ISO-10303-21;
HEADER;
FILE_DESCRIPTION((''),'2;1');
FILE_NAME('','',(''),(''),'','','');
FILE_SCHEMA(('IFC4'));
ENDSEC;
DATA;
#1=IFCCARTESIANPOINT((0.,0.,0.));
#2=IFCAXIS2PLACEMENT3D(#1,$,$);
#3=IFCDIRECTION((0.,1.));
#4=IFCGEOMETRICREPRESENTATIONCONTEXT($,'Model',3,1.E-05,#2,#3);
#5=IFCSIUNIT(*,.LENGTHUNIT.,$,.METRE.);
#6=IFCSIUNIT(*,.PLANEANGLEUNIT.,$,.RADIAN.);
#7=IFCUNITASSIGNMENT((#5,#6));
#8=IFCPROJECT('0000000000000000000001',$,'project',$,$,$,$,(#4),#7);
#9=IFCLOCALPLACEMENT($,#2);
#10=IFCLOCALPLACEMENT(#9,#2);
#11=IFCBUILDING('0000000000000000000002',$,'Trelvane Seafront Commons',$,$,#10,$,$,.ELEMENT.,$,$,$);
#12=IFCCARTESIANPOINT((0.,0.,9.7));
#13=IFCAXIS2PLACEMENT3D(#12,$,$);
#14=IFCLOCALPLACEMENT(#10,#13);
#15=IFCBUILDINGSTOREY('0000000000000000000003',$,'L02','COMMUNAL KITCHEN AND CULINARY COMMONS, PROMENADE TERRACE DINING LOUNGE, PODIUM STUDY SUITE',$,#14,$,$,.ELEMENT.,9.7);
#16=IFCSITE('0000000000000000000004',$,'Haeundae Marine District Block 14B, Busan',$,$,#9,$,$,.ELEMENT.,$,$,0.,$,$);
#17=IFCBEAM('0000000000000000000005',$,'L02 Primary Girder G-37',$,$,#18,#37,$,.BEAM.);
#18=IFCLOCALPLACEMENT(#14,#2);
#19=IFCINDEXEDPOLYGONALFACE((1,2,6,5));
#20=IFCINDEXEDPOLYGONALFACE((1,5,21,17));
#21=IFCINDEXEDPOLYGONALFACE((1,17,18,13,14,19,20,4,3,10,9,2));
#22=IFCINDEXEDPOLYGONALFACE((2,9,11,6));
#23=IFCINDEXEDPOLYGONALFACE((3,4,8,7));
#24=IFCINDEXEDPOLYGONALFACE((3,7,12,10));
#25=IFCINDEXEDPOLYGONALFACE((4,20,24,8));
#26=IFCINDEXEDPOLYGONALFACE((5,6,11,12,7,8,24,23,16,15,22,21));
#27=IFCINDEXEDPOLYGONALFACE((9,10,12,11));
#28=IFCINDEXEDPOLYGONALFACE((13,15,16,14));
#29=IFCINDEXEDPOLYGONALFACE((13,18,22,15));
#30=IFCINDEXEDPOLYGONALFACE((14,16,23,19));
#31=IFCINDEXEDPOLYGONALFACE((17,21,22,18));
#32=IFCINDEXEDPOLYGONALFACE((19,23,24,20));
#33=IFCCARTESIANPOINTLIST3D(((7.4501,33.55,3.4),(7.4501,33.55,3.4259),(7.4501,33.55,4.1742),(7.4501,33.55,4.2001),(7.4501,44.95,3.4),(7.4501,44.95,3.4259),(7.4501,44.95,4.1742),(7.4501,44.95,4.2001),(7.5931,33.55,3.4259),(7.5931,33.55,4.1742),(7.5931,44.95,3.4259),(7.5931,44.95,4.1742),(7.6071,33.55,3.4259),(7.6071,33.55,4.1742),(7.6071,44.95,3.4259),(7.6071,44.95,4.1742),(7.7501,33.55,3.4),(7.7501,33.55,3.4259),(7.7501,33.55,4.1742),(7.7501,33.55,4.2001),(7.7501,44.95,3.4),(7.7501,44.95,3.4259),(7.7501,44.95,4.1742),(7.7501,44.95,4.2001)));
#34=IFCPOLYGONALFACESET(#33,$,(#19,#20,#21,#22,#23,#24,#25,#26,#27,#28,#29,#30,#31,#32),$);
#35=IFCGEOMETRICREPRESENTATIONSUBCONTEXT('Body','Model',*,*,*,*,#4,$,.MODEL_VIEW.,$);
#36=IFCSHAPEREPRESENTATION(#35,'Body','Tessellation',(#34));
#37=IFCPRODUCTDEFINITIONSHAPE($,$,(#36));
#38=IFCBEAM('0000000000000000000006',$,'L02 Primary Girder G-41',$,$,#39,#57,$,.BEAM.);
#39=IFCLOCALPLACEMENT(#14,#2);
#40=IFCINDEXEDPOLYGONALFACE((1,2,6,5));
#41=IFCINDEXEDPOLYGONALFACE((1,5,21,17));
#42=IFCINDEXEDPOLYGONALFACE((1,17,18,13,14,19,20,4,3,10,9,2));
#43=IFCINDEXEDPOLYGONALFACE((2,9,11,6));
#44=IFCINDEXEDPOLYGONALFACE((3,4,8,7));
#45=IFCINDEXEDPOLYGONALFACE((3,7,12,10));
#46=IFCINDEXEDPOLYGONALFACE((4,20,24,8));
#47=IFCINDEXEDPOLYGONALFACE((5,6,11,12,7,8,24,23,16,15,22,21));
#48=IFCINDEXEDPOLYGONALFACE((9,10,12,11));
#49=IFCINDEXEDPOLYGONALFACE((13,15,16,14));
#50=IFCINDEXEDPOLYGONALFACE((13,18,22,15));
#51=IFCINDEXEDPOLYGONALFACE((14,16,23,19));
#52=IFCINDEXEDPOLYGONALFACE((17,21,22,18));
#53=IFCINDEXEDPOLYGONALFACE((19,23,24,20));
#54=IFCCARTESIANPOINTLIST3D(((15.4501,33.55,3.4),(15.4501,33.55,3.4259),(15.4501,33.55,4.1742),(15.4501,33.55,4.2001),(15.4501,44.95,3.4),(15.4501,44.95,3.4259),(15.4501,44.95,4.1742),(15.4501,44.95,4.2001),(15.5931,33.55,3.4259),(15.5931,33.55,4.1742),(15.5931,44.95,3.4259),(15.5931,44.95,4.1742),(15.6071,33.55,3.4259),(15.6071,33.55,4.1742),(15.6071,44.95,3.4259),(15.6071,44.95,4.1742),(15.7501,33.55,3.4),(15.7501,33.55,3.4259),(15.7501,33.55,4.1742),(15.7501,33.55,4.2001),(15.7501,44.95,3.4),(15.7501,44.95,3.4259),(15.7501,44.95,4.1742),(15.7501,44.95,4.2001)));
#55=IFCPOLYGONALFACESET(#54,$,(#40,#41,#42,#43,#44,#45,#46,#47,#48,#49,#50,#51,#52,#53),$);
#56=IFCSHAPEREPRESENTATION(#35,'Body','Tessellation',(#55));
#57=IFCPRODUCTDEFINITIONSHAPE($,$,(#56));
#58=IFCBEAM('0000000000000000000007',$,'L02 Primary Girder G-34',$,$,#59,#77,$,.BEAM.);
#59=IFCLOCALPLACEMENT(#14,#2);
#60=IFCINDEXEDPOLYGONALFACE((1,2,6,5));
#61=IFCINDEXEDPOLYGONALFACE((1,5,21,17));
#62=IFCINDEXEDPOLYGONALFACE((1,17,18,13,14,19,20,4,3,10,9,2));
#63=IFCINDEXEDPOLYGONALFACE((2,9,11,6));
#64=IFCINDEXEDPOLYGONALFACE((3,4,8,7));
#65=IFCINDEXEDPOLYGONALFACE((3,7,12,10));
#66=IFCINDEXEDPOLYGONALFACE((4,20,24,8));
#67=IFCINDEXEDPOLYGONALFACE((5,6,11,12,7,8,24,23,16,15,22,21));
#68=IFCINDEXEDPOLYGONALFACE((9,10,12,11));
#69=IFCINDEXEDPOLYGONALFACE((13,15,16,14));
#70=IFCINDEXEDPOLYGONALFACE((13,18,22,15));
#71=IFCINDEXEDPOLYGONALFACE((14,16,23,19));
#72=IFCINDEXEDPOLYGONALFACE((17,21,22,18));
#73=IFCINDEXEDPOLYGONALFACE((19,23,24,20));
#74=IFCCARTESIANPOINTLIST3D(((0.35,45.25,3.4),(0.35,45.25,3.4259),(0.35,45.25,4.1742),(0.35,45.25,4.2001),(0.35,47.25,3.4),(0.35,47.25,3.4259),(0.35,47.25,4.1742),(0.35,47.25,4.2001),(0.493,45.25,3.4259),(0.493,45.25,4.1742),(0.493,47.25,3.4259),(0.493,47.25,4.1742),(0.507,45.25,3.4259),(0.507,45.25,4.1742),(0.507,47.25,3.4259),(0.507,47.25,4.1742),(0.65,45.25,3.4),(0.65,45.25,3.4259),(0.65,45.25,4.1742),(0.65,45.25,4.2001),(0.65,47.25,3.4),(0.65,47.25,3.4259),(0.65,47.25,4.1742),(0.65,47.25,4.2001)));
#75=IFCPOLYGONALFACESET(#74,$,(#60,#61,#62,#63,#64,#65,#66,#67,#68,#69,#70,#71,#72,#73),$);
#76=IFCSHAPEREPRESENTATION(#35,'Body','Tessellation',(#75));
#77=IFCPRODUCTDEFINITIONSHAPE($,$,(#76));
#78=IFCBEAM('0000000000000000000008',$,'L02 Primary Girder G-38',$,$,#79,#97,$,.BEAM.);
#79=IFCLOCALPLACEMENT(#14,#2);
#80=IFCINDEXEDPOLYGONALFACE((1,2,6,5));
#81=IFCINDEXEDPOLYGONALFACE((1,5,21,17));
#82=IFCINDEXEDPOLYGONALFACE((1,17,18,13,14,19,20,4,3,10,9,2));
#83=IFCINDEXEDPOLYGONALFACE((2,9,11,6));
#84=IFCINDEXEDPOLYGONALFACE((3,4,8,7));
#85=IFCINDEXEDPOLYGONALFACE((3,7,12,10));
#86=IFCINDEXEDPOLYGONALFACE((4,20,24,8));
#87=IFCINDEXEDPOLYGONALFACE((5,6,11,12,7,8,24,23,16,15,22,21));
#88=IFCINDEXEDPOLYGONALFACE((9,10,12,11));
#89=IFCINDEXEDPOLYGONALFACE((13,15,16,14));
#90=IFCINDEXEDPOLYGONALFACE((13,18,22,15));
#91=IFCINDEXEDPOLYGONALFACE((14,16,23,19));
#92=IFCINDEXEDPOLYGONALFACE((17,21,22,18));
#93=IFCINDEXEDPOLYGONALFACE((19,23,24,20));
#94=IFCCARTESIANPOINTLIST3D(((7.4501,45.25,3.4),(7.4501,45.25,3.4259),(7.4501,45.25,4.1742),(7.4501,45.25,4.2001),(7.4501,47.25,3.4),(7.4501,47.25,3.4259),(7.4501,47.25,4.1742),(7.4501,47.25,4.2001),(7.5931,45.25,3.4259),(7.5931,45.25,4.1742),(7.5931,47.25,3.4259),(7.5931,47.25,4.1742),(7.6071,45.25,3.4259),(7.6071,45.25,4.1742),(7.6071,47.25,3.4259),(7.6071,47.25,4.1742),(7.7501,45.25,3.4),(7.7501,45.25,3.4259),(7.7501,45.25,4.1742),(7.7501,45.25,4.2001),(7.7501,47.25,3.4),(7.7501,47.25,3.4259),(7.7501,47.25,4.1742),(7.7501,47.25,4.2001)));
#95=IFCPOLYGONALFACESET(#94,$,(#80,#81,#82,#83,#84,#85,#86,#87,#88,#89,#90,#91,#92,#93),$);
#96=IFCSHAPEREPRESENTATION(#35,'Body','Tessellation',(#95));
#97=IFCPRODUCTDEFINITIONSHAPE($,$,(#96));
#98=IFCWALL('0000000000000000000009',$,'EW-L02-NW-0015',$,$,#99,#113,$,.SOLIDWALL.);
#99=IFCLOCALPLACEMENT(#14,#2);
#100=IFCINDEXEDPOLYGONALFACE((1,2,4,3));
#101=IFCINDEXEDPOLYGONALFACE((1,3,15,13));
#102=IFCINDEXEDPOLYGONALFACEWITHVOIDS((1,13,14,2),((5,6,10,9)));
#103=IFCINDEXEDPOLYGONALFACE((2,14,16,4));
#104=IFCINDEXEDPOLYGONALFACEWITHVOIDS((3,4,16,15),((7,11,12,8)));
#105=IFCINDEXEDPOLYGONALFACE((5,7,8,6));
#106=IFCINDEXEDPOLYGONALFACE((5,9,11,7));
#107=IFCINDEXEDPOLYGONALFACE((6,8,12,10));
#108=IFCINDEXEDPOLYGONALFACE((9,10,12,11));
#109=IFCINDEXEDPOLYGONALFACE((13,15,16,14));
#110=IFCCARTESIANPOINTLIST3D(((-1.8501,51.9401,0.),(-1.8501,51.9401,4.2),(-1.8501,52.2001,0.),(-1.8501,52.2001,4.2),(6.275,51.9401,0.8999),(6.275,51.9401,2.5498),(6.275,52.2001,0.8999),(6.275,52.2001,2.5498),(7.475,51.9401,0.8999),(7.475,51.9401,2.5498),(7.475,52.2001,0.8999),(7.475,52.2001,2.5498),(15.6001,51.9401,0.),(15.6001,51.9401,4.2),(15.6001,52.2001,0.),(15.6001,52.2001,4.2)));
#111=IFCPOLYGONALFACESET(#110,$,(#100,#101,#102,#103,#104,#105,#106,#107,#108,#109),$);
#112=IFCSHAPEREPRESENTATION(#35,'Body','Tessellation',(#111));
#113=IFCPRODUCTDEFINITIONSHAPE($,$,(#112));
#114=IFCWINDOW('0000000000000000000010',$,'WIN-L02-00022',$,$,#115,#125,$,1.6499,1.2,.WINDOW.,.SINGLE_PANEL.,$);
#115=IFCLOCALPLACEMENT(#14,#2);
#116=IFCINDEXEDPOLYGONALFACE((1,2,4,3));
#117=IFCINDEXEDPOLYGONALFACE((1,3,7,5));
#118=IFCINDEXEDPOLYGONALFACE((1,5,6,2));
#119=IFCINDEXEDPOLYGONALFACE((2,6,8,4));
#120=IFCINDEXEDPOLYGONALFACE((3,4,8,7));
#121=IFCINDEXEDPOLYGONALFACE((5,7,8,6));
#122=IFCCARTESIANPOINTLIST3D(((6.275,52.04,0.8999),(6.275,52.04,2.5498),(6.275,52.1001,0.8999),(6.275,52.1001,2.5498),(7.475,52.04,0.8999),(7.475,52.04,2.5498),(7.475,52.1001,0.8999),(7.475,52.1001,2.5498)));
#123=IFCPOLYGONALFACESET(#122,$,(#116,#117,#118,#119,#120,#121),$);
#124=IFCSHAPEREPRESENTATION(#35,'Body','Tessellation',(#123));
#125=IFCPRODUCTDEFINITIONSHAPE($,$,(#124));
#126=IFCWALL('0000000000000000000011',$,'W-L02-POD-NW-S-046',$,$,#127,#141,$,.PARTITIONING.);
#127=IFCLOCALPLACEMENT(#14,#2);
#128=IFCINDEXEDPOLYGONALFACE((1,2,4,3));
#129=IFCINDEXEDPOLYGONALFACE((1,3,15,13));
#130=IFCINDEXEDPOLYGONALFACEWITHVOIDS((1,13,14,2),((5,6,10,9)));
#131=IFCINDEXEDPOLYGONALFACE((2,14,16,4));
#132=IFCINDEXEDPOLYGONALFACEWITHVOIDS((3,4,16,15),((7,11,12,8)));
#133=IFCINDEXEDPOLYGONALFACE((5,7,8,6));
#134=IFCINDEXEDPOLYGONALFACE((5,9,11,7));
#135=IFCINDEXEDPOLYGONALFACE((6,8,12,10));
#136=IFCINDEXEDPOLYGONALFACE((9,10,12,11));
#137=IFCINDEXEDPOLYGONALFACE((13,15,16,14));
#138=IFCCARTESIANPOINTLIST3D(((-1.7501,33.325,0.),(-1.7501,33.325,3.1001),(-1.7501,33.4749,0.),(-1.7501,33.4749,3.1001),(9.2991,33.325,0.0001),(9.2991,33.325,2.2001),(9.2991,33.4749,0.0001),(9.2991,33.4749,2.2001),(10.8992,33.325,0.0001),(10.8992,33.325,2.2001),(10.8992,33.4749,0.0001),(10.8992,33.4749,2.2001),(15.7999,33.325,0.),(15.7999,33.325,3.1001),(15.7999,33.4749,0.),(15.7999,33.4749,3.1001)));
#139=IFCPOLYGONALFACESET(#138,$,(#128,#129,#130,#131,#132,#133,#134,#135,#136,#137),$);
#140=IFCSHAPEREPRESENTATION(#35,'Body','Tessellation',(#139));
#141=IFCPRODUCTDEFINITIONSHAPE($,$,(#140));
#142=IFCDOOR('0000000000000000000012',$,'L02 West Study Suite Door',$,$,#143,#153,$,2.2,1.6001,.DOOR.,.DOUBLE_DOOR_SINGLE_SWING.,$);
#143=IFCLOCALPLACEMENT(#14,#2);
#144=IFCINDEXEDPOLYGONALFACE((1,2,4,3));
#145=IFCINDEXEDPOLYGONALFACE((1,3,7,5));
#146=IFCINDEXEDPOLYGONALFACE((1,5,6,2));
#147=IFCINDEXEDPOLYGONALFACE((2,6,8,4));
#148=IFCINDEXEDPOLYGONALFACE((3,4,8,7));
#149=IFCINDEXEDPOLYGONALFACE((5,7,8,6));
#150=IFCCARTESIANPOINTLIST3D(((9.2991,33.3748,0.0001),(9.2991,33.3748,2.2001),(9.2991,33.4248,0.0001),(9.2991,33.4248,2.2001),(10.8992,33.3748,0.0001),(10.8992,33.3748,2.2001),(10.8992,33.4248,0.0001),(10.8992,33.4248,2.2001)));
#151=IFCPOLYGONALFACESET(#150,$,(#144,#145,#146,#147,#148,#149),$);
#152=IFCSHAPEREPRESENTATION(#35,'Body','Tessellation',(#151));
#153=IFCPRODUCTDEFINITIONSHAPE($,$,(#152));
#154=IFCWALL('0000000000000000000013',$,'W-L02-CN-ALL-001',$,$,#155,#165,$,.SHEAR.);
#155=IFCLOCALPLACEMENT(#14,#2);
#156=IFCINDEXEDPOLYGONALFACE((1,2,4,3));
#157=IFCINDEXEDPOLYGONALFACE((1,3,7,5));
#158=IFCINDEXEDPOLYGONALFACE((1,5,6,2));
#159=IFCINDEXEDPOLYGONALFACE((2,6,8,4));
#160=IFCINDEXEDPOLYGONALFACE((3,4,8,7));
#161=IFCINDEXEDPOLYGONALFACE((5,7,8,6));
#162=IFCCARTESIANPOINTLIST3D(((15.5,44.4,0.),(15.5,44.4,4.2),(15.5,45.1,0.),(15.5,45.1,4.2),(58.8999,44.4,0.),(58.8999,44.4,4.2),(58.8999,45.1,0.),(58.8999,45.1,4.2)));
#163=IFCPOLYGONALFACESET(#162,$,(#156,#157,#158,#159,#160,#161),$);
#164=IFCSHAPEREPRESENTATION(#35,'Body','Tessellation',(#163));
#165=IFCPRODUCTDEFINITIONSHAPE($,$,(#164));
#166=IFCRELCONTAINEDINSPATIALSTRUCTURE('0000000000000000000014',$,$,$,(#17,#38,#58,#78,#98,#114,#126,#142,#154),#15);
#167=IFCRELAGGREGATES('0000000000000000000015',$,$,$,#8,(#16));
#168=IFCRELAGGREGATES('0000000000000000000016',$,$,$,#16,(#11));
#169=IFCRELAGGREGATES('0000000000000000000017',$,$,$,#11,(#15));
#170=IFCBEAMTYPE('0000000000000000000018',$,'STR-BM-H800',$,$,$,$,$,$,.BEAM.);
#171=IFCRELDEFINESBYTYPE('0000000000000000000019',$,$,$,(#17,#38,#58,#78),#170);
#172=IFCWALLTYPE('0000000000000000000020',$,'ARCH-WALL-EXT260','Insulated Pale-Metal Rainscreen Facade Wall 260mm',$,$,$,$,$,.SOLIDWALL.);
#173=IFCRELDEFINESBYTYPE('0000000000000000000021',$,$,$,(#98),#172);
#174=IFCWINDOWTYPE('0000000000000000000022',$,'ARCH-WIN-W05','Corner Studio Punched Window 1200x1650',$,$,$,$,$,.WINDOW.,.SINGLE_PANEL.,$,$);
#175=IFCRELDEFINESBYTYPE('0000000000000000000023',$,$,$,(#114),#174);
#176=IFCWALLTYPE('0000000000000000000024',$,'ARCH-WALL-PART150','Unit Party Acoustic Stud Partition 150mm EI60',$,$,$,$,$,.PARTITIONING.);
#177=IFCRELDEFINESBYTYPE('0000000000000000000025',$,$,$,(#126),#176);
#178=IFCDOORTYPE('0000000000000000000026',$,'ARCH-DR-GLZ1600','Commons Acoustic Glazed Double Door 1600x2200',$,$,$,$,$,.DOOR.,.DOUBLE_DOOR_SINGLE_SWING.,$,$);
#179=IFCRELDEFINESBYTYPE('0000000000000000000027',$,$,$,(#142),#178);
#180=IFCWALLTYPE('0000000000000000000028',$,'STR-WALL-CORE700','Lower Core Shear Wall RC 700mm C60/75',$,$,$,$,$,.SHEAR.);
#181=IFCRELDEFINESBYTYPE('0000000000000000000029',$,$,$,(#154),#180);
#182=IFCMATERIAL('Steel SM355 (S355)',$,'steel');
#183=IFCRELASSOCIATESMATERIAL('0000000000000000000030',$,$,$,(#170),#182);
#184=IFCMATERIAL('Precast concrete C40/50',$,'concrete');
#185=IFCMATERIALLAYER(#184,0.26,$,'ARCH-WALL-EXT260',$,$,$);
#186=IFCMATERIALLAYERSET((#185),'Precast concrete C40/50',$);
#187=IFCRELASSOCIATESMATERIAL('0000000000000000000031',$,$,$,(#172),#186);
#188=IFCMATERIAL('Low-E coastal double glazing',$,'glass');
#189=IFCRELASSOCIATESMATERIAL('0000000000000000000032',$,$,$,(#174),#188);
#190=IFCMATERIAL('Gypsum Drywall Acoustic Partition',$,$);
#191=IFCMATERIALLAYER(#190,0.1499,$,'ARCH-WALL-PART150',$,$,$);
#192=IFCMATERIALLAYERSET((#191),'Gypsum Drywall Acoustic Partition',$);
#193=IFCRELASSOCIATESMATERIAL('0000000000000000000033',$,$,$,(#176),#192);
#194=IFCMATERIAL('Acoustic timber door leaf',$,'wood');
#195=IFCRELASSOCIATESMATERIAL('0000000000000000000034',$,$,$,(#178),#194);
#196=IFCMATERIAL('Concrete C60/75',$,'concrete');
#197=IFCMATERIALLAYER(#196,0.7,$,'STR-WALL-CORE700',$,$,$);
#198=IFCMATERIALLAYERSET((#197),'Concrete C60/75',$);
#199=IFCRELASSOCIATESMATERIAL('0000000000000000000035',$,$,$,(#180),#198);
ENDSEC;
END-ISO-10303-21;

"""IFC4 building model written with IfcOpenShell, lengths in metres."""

from ifc_helpers import new_model, si_unit, direction, frame, frame_2d, origin, origin_2d, place, context, subcontext, project, spatial, rectangle, i_section, extrude, source, transform, mapped, material, layer, layer_set, material_profile, profile_set, type_object, element, fill, save


model = new_model("IFC4")

# Units and contexts
model_context = context("Model", 3, precision=1e-05, world=origin(), true_north=direction((0.0, 1.0)))
body_context = subcontext(model_context, "Body", "Model", "MODEL_VIEW")
ifc_project = project(units=[si_unit("LENGTHUNIT", "METRE"), si_unit("PLANEANGLEUNIT", "RADIAN")], contexts=[model_context])

# Site, building, storey
site_placement = place(None, origin())
site = spatial("IfcSite", under=ifc_project, at=site_placement, Name="Haeundae Marine District Block 14B, Busan", CompositionType="ELEMENT", RefElevation=0.0)
building_placement = place(site_placement, origin())
building = spatial("IfcBuilding", under=site, at=building_placement, Name="Trelvane Seafront Commons", CompositionType="ELEMENT")
storey_placement = place(building_placement, frame((0.0, 0.0, 9.7)))
storey = spatial("IfcBuildingStorey", under=building, at=storey_placement, Name="L02", Description="COMMUNAL KITCHEN AND CULINARY COMMONS, PROMENADE TERRACE DINING LOUNGE, PODIUM STUDY SUITE", CompositionType="ELEMENT", Elevation=9.7)

# Shared definitions
ifc_material_1 = material(Name="Concrete C60/75", Category="concrete")

# Beams
ifc_material_2 = material(Name="Steel SM355 (S355)", Category="steel")
ifc_material_profile_1 = material_profile(ifc_material_2, i_section(OverallWidth=0.3, OverallDepth=0.8, WebThickness=0.0139, FlangeThickness=0.0259, at=origin_2d()), Name="H-800x300x14x26")
ifc_profile_set_1 = profile_set([ifc_material_profile_1], Name="Steel SM355 (S355)")
beam_type_1 = type_object("IfcBeamType", Name="STR-BM-H800", PredefinedType="BEAM", material=ifc_profile_set_1)
shared_shape_1 = source(origin(), body_context, "Body", "SweptSolid", [
    extrude(i_section(OverallWidth=0.3, OverallDepth=0.8, WebThickness=0.0139, FlangeThickness=0.0259, at=origin_2d()), origin(), (0.0, 0.0, 1.0), 11.3999),
])
for number, where, z_axis, x_axis, name in (
    (1, (7.6001, 33.55, 3.8), (0.0, 1.0, 0.0), (-1.0, 0.0, 0.0), "L02 Primary Girder G-37"),
    (2, (15.6001, 33.55, 3.8), (0.0, 1.0, 0.0), (-1.0, 0.0, 0.0), "L02 Primary Girder G-41"),
):
    element("IfcBeam", number, at=place(storey_placement, frame(where, z_axis=z_axis, x_axis=x_axis)), inside=storey, type_object=beam_type_1, Name=name, PredefinedType="BEAM", context=body_context, shape_type="MappedRepresentation", body=[
        mapped(shared_shape_1, transform((0.0, 0.0, 0.0), x_axis=(1.0, 0.0, 0.0), y_axis=(0.0, 1.0, 0.0), z_axis=(0.0, 0.0, 1.0), scale=1.0)),
    ])
shared_shape_2 = source(origin(), body_context, "Body", "SweptSolid", [
    extrude(i_section(OverallWidth=0.3, OverallDepth=0.8, WebThickness=0.0139, FlangeThickness=0.0259, at=origin_2d()), origin(), (0.0, 0.0, 1.0), 2.0),
])
for number, where, z_axis, x_axis, name in (
    (3, (0.5, 45.25, 3.8), (0.0, 1.0, 0.0), (-1.0, 0.0, 0.0), "L02 Primary Girder G-34"),
    (4, (7.6001, 45.25, 3.8), (0.0, 1.0, 0.0), (-1.0, 0.0, 0.0), "L02 Primary Girder G-38"),
):
    element("IfcBeam", number, at=place(storey_placement, frame(where, z_axis=z_axis, x_axis=x_axis)), inside=storey, type_object=beam_type_1, Name=name, PredefinedType="BEAM", context=body_context, shape_type="MappedRepresentation", body=[
        mapped(shared_shape_2, transform((0.0, 0.0, 0.0), x_axis=(1.0, 0.0, 0.0), y_axis=(0.0, 1.0, 0.0), z_axis=(0.0, 0.0, 1.0), scale=1.0)),
    ])

# Wall, opening, window
ifc_material_3 = material(Name="Precast concrete C40/50", Category="concrete")
ifc_layer_1 = layer(ifc_material_3, 0.26, Name="ARCH-WALL-EXT260")
ifc_layer_set_1 = layer_set([ifc_layer_1], Name="Precast concrete C40/50")
wall_type_1 = type_object("IfcWallType", Name="ARCH-WALL-EXT260", Description="Insulated Pale-Metal Rainscreen Facade Wall 260mm", PredefinedType="SOLIDWALL", material=ifc_layer_set_1)
wall_1_placement = place(storey_placement, frame((-1.8501, 52.0701, 0.0), z_axis=(0.0, 0.0, 1.0), x_axis=(1.0, 0.0, 0.0)))
wall_1 = element("IfcWall", 5, at=wall_1_placement, inside=storey, type_object=wall_type_1, Name="EW-L02-NW-0015", PredefinedType="SOLIDWALL", context=body_context, shape_type="SweptSolid", body=[
    extrude(rectangle(XDim=17.4502, YDim=0.26, at=frame_2d((8.7251, 0.0))), origin(), (0.0, 0.0, 1.0), 4.2),
])
opening_1_placement = place(wall_1_placement, frame((8.125, 0.0, 0.8999)))
opening_1 = element("IfcOpeningElement", 6, at=opening_1_placement, cuts=wall_1, PredefinedType="OPENING", context=body_context, shape_type="SweptSolid", body=[
    extrude(rectangle(XDim=1.2, YDim=1.6499, at=frame_2d((0.6001, 0.825))), frame((0.0, 0.1399, 0.0), z_axis=(0.0, -1.0, 0.0), x_axis=(1.0, 0.0, 0.0)), (0.0, 0.0, 1.0), 0.28),
])
ifc_material_4 = material(Name="Low-E coastal double glazing", Category="glass")
window_type = type_object("IfcWindowType", Name="ARCH-WIN-W05", Description="Corner Studio Punched Window 1200x1650", PartitioningType="SINGLE_PANEL", PredefinedType="WINDOW", material=ifc_material_4)
shared_shape_3 = source(origin(), body_context, "Body", "SweptSolid", [
    extrude(rectangle(XDim=1.2, YDim=1.6499, at=frame_2d((0.6001, 0.825))), frame((0.0, 0.03, 0.0), z_axis=(0.0, -1.0, 0.0), x_axis=(1.0, 0.0, 0.0)), (0.0, 0.0, 1.0), 0.0601),
])
window_placement = place(opening_1_placement, origin())
window = element("IfcWindow", 7, at=window_placement, inside=storey, type_object=window_type, Name="WIN-L02-00022", OverallHeight=1.6499, OverallWidth=1.2, PartitioningType="SINGLE_PANEL", PredefinedType="WINDOW", context=body_context, shape_type="MappedRepresentation", body=[
    mapped(shared_shape_3, transform((0.0, 0.0, 0.0), x_axis=(1.0, 0.0, 0.0), y_axis=(0.0, 1.0, 0.0), z_axis=(0.0, 0.0, 1.0), scale=1.0)),
])
fill(opening_1, window)

# Wall, opening, door
ifc_material_5 = material(Name="Gypsum Drywall Acoustic Partition")
ifc_layer_2 = layer(ifc_material_5, 0.1499, Name="ARCH-WALL-PART150")
ifc_layer_set_2 = layer_set([ifc_layer_2], Name="Gypsum Drywall Acoustic Partition")
wall_type_2 = type_object("IfcWallType", Name="ARCH-WALL-PART150", Description="Unit Party Acoustic Stud Partition 150mm EI60", PredefinedType="PARTITIONING", material=ifc_layer_set_2)
wall_2_placement = place(storey_placement, frame((-1.75, 33.3999, 0.0), z_axis=(0.0, 0.0, 1.0), x_axis=(1.0, 0.0, 0.0)))
wall_2 = element("IfcWall", 8, at=wall_2_placement, inside=storey, type_object=wall_type_2, Name="W-L02-POD-NW-S-046", PredefinedType="PARTITIONING", context=body_context, shape_type="SweptSolid", body=[
    extrude(rectangle(XDim=17.55, YDim=0.1499, at=frame_2d((8.7749, 0.0))), origin(), (0.0, 0.0, 1.0), 3.1001),
])
opening_2_placement = place(wall_2_placement, frame((11.0491, 0.0, 0.0)))
opening_2 = element("IfcOpeningElement", 9, at=opening_2_placement, cuts=wall_2, PredefinedType="OPENING", context=body_context, shape_type="SweptSolid", body=[
    extrude(rectangle(XDim=1.6001, YDim=2.2, at=frame_2d((0.8, 1.1001))), frame((0.0, 0.085, 0.0), z_axis=(0.0, -1.0, 0.0), x_axis=(1.0, 0.0, 0.0)), (0.0, 0.0, 1.0), 0.1699),
])
ifc_material_6 = material(Name="Acoustic timber door leaf", Category="wood")
door_type = type_object("IfcDoorType", Name="ARCH-DR-GLZ1600", Description="Commons Acoustic Glazed Double Door 1600x2200", OperationType="DOUBLE_DOOR_SINGLE_SWING", PredefinedType="DOOR", material=ifc_material_6)
shared_shape_4 = source(origin(), body_context, "Body", "SweptSolid", [
    extrude(rectangle(XDim=1.6001, YDim=2.2, at=frame_2d((0.8, 1.1001))), frame((0.0, 0.0249, 0.0), z_axis=(0.0, -1.0, 0.0), x_axis=(1.0, 0.0, 0.0)), (0.0, 0.0, 1.0), 0.05),
])
door_placement = place(opening_2_placement, origin())
door = element("IfcDoor", 10, at=door_placement, inside=storey, type_object=door_type, Name="L02 West Study Suite Door", OperationType="DOUBLE_DOOR_SINGLE_SWING", OverallHeight=2.2, OverallWidth=1.6001, PredefinedType="DOOR", context=body_context, shape_type="MappedRepresentation", body=[
    mapped(shared_shape_4, transform((0.0, 0.0, 0.0), x_axis=(1.0, 0.0, 0.0), y_axis=(0.0, 1.0, 0.0), z_axis=(0.0, 0.0, 1.0), scale=1.0)),
])
fill(opening_2, door)

# Wall
ifc_layer_3 = layer(ifc_material_1, 0.7, Name="STR-WALL-CORE700")
ifc_layer_set_3 = layer_set([ifc_layer_3], Name="Concrete C60/75")
wall_type_3 = type_object("IfcWallType", Name="STR-WALL-CORE700", Description="Lower Core Shear Wall RC 700mm C60/75", PredefinedType="SHEAR", material=ifc_layer_set_3)
wall_3_placement = place(storey_placement, frame((15.5, 44.75, 0.0), z_axis=(0.0, 0.0, 1.0), x_axis=(1.0, 0.0, 0.0)))
element("IfcWall", 11, at=wall_3_placement, inside=storey, type_object=wall_type_3, Name="W-L02-CN-ALL-001", PredefinedType="SHEAR", context=body_context, shape_type="SweptSolid", body=[
    extrude(rectangle(XDim=43.3999, YDim=0.7, at=frame_2d((21.7, 0.0))), origin(), (0.0, 0.0, 1.0), 4.2),
])

save(model, "model.ifc")
